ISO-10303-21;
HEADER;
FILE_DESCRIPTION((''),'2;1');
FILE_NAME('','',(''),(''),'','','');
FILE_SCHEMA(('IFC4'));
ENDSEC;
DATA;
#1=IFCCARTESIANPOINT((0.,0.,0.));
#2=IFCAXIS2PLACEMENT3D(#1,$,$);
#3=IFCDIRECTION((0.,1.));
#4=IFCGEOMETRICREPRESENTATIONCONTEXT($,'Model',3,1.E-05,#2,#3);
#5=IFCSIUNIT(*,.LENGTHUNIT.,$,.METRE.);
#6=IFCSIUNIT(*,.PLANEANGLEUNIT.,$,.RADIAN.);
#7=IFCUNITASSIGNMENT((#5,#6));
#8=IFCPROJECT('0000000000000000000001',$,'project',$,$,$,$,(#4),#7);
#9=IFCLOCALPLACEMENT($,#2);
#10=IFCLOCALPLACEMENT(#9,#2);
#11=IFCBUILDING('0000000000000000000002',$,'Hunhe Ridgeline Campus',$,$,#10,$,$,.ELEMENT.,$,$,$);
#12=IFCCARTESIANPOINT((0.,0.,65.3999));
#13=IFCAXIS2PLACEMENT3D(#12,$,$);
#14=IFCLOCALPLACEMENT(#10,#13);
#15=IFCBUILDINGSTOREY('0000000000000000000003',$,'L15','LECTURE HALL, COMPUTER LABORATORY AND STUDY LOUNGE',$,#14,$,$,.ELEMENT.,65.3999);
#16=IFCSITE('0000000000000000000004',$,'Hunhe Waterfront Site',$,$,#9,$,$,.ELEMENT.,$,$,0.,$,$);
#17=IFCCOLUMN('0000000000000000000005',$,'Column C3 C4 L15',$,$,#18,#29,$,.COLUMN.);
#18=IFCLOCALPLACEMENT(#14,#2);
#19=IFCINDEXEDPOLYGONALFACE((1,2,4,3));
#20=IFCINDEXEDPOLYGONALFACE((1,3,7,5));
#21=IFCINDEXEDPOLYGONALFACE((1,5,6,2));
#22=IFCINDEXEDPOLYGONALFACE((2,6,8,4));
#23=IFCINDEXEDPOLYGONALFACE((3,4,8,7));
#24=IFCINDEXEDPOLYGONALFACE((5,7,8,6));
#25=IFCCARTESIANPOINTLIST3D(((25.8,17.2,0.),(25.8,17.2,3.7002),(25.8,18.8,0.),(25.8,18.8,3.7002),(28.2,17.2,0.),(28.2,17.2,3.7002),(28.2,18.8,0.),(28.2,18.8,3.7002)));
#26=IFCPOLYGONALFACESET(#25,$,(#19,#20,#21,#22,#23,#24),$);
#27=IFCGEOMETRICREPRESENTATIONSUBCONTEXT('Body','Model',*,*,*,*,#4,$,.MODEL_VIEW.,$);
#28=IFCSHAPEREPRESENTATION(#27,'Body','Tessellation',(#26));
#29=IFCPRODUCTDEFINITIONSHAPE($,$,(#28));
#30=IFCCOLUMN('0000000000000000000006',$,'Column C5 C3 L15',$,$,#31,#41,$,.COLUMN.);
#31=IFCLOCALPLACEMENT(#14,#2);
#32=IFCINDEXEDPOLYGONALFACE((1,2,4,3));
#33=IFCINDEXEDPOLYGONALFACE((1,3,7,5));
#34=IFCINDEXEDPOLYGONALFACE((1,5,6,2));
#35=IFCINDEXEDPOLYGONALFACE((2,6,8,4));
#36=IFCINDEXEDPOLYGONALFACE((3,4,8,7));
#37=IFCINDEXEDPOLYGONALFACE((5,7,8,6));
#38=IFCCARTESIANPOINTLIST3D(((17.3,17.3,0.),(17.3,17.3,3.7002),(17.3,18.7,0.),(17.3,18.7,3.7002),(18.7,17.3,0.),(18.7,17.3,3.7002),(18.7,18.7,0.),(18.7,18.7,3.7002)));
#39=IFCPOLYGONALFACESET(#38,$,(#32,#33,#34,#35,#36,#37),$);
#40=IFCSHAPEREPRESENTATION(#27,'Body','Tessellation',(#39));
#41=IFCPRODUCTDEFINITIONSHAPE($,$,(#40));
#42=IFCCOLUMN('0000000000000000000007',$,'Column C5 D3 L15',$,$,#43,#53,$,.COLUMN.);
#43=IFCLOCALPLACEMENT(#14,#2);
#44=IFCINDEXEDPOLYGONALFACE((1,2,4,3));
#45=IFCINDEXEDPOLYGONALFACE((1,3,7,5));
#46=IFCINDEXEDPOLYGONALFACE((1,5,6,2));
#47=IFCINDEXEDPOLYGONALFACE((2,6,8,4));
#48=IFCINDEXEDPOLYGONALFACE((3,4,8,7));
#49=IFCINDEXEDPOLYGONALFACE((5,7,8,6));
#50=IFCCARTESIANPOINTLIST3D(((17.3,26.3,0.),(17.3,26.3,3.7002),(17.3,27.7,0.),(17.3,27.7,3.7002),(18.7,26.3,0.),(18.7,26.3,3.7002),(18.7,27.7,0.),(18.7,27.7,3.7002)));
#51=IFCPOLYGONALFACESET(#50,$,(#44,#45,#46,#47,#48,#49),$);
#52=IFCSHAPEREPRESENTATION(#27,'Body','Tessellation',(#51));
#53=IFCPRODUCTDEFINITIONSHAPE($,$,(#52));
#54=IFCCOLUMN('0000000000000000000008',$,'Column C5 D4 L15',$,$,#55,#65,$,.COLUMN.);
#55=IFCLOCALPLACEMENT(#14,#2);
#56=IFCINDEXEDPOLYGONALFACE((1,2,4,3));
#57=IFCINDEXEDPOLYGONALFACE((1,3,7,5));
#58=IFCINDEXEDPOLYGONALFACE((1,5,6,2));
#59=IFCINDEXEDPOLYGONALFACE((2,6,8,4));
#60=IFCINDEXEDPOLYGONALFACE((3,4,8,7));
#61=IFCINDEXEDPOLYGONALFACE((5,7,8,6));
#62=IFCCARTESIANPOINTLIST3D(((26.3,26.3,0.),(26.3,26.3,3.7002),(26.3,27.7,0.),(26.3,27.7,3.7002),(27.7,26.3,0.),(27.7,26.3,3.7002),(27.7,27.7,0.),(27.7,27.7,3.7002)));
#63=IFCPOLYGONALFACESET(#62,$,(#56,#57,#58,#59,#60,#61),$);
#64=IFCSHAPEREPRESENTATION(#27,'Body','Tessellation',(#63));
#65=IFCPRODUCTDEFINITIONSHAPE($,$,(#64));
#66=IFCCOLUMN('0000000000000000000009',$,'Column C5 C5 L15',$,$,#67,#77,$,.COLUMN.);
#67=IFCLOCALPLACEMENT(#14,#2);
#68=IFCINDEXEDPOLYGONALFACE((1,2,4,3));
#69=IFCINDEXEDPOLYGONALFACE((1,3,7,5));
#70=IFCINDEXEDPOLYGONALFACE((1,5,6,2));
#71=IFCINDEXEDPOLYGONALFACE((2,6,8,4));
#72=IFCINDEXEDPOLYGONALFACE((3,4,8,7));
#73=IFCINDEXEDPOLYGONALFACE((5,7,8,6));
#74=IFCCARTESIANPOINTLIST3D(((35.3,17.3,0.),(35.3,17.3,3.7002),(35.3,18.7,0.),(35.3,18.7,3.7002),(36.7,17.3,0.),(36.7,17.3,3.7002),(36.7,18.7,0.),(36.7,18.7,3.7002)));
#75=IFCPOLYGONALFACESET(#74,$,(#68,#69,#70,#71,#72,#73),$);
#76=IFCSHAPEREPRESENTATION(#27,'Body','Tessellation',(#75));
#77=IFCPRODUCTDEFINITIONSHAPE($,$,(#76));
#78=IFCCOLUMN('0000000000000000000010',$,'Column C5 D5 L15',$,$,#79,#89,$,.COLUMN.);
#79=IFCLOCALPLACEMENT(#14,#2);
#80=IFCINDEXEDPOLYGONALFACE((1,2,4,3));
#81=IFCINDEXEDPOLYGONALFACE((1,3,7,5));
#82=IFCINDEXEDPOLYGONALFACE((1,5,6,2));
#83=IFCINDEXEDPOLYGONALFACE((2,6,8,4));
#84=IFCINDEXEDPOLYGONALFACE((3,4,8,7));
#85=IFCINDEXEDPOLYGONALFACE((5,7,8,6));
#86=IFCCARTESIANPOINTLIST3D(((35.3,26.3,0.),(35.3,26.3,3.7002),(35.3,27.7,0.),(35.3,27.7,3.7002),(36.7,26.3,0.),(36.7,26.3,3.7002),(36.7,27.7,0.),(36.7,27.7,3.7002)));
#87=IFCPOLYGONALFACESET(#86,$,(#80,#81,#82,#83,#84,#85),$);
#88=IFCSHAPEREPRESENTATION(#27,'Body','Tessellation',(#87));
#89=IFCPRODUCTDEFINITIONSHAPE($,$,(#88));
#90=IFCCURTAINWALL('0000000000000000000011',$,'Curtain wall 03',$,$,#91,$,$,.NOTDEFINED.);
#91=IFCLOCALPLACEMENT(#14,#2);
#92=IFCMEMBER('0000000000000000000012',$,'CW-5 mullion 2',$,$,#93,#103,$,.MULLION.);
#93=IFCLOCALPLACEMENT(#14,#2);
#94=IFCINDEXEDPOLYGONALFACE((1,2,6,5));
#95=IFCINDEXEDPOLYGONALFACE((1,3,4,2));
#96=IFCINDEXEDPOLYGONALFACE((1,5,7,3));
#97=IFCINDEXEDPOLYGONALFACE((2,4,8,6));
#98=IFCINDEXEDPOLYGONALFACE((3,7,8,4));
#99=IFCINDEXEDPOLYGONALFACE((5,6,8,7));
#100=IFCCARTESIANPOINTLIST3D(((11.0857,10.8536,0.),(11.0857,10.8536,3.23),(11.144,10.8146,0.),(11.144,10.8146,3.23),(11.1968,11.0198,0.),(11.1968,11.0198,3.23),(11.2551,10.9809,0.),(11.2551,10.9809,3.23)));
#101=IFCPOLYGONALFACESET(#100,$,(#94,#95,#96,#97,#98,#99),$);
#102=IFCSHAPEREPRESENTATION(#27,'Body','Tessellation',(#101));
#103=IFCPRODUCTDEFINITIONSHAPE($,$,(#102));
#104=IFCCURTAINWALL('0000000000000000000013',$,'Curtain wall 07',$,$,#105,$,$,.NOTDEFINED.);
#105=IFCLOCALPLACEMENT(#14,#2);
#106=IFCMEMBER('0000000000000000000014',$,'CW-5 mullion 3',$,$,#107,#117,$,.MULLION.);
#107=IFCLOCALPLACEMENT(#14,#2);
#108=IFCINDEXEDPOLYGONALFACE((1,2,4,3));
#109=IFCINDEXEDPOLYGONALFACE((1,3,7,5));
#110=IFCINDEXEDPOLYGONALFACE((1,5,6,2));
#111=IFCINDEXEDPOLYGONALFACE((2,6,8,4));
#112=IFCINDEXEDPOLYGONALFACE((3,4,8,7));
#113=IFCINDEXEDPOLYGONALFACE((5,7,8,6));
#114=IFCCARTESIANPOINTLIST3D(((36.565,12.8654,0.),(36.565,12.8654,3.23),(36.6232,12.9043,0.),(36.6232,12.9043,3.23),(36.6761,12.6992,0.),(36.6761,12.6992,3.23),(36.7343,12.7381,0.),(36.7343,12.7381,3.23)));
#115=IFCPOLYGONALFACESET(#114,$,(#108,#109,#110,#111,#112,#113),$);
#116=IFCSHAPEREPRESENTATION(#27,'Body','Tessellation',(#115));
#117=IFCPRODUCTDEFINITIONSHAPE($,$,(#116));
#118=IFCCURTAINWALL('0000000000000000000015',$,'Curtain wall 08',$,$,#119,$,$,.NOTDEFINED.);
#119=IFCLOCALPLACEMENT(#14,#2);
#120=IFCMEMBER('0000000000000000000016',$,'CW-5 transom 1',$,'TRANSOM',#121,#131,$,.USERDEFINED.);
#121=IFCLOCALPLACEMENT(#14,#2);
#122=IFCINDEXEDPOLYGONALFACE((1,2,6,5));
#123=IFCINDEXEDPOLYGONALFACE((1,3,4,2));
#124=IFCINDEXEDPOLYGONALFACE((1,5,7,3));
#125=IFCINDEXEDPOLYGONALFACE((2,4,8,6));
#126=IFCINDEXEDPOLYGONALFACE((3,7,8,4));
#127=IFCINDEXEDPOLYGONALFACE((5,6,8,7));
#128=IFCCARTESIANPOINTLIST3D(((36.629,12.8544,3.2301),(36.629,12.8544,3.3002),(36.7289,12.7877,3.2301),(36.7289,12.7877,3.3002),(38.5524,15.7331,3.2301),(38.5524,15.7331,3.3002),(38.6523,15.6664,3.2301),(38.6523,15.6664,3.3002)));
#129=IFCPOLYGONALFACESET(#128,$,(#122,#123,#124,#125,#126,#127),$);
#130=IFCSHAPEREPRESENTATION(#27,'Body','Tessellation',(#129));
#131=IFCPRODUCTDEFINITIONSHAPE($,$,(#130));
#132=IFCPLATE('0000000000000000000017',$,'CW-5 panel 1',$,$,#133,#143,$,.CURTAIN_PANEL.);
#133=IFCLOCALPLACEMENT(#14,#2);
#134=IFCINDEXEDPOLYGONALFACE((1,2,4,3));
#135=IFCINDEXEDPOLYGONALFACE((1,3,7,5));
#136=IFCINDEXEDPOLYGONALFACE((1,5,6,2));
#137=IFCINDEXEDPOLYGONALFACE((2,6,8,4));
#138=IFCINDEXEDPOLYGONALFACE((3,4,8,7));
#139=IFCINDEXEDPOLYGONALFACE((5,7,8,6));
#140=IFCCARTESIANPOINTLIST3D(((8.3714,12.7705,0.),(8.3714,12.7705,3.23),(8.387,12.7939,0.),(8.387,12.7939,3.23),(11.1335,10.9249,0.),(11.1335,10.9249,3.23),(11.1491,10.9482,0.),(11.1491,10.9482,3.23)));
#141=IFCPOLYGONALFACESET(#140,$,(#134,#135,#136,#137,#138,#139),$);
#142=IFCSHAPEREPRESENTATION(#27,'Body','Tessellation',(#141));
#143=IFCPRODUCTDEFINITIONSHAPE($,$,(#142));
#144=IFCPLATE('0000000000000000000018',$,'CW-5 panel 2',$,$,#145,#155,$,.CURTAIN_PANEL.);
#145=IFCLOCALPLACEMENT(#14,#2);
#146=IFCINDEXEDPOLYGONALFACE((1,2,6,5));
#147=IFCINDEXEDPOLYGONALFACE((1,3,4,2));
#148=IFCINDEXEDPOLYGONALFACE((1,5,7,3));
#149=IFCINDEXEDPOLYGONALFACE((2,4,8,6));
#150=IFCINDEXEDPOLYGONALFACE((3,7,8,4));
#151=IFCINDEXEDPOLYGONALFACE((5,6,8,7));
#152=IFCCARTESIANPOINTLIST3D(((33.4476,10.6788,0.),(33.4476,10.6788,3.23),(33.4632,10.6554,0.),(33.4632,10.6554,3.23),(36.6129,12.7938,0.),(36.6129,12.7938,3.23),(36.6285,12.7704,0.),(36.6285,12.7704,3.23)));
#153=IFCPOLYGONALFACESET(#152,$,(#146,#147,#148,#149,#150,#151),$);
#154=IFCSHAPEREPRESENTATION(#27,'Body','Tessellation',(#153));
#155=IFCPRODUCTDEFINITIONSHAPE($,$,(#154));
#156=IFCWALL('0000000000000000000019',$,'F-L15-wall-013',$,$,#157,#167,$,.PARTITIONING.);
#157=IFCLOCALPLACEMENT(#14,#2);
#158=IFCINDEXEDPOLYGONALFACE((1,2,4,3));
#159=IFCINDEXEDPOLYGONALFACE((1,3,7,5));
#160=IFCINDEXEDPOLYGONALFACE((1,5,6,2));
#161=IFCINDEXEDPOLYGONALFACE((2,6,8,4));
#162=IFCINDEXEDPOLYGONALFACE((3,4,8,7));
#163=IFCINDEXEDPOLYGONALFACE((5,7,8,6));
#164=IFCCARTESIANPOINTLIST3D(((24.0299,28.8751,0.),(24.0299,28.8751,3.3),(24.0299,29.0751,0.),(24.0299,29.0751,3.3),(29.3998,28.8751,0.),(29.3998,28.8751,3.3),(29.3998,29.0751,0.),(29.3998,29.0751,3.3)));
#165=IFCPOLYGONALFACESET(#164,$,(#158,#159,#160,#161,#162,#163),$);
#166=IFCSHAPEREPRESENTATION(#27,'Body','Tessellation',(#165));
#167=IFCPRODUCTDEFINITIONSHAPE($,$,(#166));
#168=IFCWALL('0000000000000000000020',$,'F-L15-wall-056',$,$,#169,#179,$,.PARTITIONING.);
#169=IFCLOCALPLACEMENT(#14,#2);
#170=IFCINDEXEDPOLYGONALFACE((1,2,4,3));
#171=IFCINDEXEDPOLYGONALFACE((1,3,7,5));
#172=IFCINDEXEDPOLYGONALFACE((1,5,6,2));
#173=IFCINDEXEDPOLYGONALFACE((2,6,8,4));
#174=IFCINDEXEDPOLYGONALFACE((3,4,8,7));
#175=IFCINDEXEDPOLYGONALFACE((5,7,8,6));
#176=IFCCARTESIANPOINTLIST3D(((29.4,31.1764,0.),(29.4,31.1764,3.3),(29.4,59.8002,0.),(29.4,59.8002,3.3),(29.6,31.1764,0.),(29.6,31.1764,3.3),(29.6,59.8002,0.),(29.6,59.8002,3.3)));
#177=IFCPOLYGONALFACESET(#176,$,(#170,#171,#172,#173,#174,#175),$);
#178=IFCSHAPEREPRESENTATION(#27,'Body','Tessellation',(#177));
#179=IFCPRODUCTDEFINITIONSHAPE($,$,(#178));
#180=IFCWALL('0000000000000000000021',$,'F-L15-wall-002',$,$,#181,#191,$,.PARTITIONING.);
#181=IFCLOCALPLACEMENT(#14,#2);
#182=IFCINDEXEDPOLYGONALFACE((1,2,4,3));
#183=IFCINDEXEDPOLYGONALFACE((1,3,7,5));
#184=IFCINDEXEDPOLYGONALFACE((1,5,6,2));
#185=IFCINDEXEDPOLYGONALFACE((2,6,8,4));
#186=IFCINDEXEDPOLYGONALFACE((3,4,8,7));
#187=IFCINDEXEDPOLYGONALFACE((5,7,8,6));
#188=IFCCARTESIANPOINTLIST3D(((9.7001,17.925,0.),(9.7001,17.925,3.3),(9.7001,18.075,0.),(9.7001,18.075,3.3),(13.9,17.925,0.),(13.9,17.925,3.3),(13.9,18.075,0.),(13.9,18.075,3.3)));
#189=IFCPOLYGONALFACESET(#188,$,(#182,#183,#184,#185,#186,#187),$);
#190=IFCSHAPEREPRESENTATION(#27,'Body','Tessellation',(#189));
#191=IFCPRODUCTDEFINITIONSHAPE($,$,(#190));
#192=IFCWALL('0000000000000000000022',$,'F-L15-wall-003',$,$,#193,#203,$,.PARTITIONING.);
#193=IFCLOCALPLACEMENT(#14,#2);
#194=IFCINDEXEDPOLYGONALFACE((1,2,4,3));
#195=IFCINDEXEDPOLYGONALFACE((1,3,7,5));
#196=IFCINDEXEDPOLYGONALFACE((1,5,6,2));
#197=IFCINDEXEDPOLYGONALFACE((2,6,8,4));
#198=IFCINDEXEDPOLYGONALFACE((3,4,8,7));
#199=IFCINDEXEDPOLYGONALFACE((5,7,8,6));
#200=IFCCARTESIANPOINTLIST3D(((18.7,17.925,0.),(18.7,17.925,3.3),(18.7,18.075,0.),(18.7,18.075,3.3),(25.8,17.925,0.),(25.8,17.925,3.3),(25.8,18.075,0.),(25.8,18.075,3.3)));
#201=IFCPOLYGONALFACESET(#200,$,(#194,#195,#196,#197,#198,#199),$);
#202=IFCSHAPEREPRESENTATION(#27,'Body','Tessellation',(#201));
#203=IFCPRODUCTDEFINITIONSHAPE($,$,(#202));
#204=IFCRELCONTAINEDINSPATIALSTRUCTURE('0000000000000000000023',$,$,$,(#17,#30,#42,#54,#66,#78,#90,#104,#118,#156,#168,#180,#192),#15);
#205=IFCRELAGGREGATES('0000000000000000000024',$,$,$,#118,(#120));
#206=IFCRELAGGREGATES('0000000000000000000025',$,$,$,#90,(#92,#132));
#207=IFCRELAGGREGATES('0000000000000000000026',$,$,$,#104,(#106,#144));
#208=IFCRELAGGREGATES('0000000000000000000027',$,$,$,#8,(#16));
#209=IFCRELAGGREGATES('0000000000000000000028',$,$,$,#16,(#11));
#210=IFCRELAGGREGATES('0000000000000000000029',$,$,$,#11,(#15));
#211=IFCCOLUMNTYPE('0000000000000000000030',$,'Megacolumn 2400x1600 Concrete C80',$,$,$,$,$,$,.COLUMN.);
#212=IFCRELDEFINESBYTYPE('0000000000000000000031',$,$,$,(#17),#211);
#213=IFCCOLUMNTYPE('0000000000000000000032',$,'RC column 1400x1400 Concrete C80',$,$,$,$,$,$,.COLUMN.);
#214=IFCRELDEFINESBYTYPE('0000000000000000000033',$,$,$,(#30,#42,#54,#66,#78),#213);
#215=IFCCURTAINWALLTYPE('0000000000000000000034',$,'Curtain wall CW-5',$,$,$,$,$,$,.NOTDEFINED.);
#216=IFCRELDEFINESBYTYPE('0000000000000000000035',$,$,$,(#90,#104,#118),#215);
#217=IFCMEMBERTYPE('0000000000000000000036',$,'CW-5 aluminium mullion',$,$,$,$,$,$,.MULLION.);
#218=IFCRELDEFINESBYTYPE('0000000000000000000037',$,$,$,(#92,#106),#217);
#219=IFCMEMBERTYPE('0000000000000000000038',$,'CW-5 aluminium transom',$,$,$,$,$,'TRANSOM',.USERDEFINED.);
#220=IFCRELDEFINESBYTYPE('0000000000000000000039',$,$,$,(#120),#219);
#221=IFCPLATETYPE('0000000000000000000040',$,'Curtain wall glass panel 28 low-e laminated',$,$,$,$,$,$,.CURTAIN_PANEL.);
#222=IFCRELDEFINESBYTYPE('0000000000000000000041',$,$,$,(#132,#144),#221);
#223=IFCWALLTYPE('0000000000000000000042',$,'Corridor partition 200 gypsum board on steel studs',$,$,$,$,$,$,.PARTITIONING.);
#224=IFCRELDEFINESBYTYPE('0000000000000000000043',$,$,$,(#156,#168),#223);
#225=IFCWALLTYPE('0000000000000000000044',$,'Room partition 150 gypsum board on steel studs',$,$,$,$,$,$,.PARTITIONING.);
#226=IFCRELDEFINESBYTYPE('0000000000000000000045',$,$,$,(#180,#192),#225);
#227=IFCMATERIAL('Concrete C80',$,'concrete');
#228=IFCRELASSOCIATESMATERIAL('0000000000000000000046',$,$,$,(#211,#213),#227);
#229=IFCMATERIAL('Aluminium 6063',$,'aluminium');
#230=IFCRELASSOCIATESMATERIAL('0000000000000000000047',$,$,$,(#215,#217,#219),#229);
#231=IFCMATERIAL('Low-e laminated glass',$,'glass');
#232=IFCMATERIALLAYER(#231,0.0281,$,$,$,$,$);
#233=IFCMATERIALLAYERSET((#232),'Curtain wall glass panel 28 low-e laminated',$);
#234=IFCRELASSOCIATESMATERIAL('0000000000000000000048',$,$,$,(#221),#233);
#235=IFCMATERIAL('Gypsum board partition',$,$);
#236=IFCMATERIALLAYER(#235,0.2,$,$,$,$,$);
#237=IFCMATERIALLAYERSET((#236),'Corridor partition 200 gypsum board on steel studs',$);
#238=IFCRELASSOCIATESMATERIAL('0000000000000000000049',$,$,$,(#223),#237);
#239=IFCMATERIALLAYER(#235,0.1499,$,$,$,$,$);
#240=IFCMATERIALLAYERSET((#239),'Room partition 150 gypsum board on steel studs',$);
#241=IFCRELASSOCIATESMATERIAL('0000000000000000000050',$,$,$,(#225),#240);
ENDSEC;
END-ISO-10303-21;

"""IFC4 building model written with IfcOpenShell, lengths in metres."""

from ifc_helpers import new_model, si_unit, direction, frame, frame_2d, origin, origin_2d, place, context, subcontext, project, spatial, rectangle, extrude, material, layer, layer_set, material_profile, profile_set, type_object, element, aggregate, save


model = new_model("IFC4")

# Units and contexts
model_context = context("Model", 3, precision=1e-05, world=origin(), true_north=direction((0.0, 1.0)))
body_context = subcontext(model_context, "Body", "Model", "MODEL_VIEW")
ifc_project = project(units=[si_unit("LENGTHUNIT", "METRE"), si_unit("PLANEANGLEUNIT", "RADIAN")], contexts=[model_context])

# Site, building, storey
site_placement = place(None, origin())
site = spatial("IfcSite", under=ifc_project, at=site_placement, Name="Hunhe Waterfront Site", CompositionType="ELEMENT", RefElevation=0.0)
building_placement = place(site_placement, origin())
building = spatial("IfcBuilding", under=site, at=building_placement, Name="Hunhe Ridgeline Campus", CompositionType="ELEMENT")
storey_placement = place(building_placement, frame((0.0, 0.0, 65.3999)))
storey = spatial("IfcBuildingStorey", under=building, at=storey_placement, Name="L15", Description="LECTURE HALL, COMPUTER LABORATORY AND STUDY LOUNGE", CompositionType="ELEMENT", Elevation=65.3999)

# Columns
ifc_material_1 = material(Name="Concrete C80", Category="concrete")
ifc_material_profile_1 = material_profile(ifc_material_1, rectangle(XDim=2.3999, YDim=1.6001, at=origin_2d()))
ifc_profile_set_1 = profile_set([ifc_material_profile_1], Name="Concrete C80")
column_type_1 = type_object("IfcColumnType", Name="Megacolumn 2400x1600 Concrete C80", PredefinedType="COLUMN", material=ifc_profile_set_1)
column_placement = place(storey_placement, frame((27.0, 18.0, 0.0), z_axis=(0.0, 0.0, 1.0), x_axis=(1.0, 0.0, 0.0)))
element("IfcColumn", 1, at=column_placement, inside=storey, type_object=column_type_1, Name="Column C3 C4 L15", PredefinedType="COLUMN", context=body_context, shape_type="SweptSolid", body=[
    extrude(rectangle(XDim=2.3999, YDim=1.6001, at=origin_2d()), origin(), (0.0, 0.0, 1.0), 3.7002),
])
ifc_material_profile_2 = material_profile(ifc_material_1, rectangle(XDim=1.3999, YDim=1.3999, at=origin_2d()))
ifc_profile_set_2 = profile_set([ifc_material_profile_2], Name="Concrete C80")
column_type_2 = type_object("IfcColumnType", Name="RC column 1400x1400 Concrete C80", PredefinedType="COLUMN", material=ifc_profile_set_2)
for number, where, z_axis, x_axis, name in (
    (2, (18.0, 18.0, 0.0), (0.0, 0.0, 1.0), (1.0, 0.0, 0.0), "Column C5 C3 L15"),
    (3, (18.0, 27.0, 0.0), (0.0, 0.0, 1.0), (1.0, 0.0, 0.0), "Column C5 D3 L15"),
    (4, (27.0, 27.0, 0.0), (0.0, 0.0, 1.0), (1.0, 0.0, 0.0), "Column C5 D4 L15"),
    (5, (36.0, 18.0, 0.0), (0.0, 0.0, 1.0), (1.0, 0.0, 0.0), "Column C5 C5 L15"),
    (6, (36.0, 27.0, 0.0), (0.0, 0.0, 1.0), (1.0, 0.0, 0.0), "Column C5 D5 L15"),
):
    element("IfcColumn", number, at=place(storey_placement, frame(where, z_axis=z_axis, x_axis=x_axis)), inside=storey, type_object=column_type_2, Name=name, PredefinedType="COLUMN", context=body_context, shape_type="SweptSolid", body=[
        extrude(rectangle(XDim=1.3999, YDim=1.3999, at=origin_2d()), origin(), (0.0, 0.0, 1.0), 3.7002),
    ])

# Curtain walls, members
ifc_material_2 = material(Name="Aluminium 6063", Category="aluminium")
curtain_wall_type = type_object("IfcCurtainWallType", Name="Curtain wall CW-5", PredefinedType="NOTDEFINED", material=ifc_material_2)
curtain_wall_1_placement = place(storey_placement, origin())
curtain_wall_1 = element("IfcCurtainWall", 7, at=curtain_wall_1_placement, inside=storey, type_object=curtain_wall_type, Name="Curtain wall 03", PredefinedType="NOTDEFINED")
ifc_material_profile_3 = material_profile(ifc_material_2, rectangle(XDim=0.2, YDim=0.0701, at=origin_2d()))
ifc_profile_set_3 = profile_set([ifc_material_profile_3], Name="Aluminium 6063")
member_type_1 = type_object("IfcMemberType", Name="CW-5 aluminium mullion", PredefinedType="MULLION", material=ifc_profile_set_3)
member_1_placement = place(storey_placement, frame((11.1704, 10.9172, 0.0), z_axis=(0.0, 0.0, 1.0), x_axis=(0.55557, 0.83147, 0.0)))
member_1 = element("IfcMember", 8, at=member_1_placement, type_object=member_type_1, Name="CW-5 mullion 2", PredefinedType="MULLION", context=body_context, shape_type="SweptSolid", body=[
    extrude(rectangle(XDim=0.2, YDim=0.0701, at=origin_2d()), origin(), (0.0, 0.0, 1.0), 3.23),
])
curtain_wall_2_placement = place(storey_placement, origin())
curtain_wall_2 = element("IfcCurtainWall", 9, at=curtain_wall_2_placement, inside=storey, type_object=curtain_wall_type, Name="Curtain wall 07", PredefinedType="NOTDEFINED")
member_2_placement = place(storey_placement, frame((36.6497, 12.8018, 0.0), z_axis=(0.0, 0.0, 1.0), x_axis=(-0.55557, 0.83147, 0.0)))
member_2 = element("IfcMember", 10, at=member_2_placement, type_object=member_type_1, Name="CW-5 mullion 3", PredefinedType="MULLION", context=body_context, shape_type="SweptSolid", body=[
    extrude(rectangle(XDim=0.2, YDim=0.0701, at=origin_2d()), origin(), (0.0, 0.0, 1.0), 3.23),
])
curtain_wall_3_placement = place(storey_placement, origin())
curtain_wall_3 = element("IfcCurtainWall", 11, at=curtain_wall_3_placement, inside=storey, type_object=curtain_wall_type, Name="Curtain wall 08", PredefinedType="NOTDEFINED")
ifc_material_profile_4 = material_profile(ifc_material_2, rectangle(XDim=0.1201, YDim=0.0701, at=origin_2d()))
ifc_profile_set_4 = profile_set([ifc_material_profile_4], Name="Aluminium 6063")
member_type_2 = type_object("IfcMemberType", Name="CW-5 aluminium transom", ElementType="TRANSOM", PredefinedType="USERDEFINED", material=ifc_profile_set_4)
member_3_placement = place(storey_placement, frame((36.679, 12.821, 3.2651), z_axis=(0.555546, 0.831486, 0.0), x_axis=(-0.831486, 0.555546, 0.0)))
member_3 = element("IfcMember", 12, at=member_3_placement, type_object=member_type_2, Name="CW-5 transom 1", ObjectType="TRANSOM", PredefinedType="USERDEFINED", context=body_context, shape_type="SweptSolid", body=[
    extrude(rectangle(XDim=0.1201, YDim=0.0701, at=origin_2d()), origin(), (0.0, 0.0, 1.0), 3.4622),
])
aggregate(curtain_wall_3, [member_3])

# Plates
ifc_material_3 = material(Name="Low-e laminated glass", Category="glass")
ifc_layer_1 = layer(ifc_material_3, 0.0281)
ifc_layer_set_1 = layer_set([ifc_layer_1], Name="Curtain wall glass panel 28 low-e laminated")
plate_type = type_object("IfcPlateType", Name="Curtain wall glass panel 28 low-e laminated", PredefinedType="CURTAIN_PANEL", material=ifc_layer_set_1)
plate_1_placement = place(storey_placement, frame((9.7603, 11.8594, 0.0), z_axis=(0.0, 0.0, 1.0), x_axis=(0.83147, -0.55557, 0.0)))
plate_1 = element("IfcPlate", 13, at=plate_1_placement, type_object=plate_type, Name="CW-5 panel 1", PredefinedType="CURTAIN_PANEL", context=body_context, shape_type="SweptSolid", body=[
    extrude(rectangle(XDim=3.322, YDim=0.0281, at=origin_2d()), origin(), (0.0, 0.0, 1.0), 3.23),
])
aggregate(curtain_wall_1, [member_1, plate_1])
plate_2_placement = place(storey_placement, frame((35.0381, 11.7246, 0.0), z_axis=(0.0, 0.0, 1.0), x_axis=(0.83147, 0.55557, 0.0)))
plate_2 = element("IfcPlate", 14, at=plate_2_placement, type_object=plate_type, Name="CW-5 panel 2", PredefinedType="CURTAIN_PANEL", context=body_context, shape_type="SweptSolid", body=[
    extrude(rectangle(XDim=3.8069, YDim=0.0281, at=origin_2d()), origin(), (0.0, 0.0, 1.0), 3.23),
])
aggregate(curtain_wall_2, [member_2, plate_2])

# Wall
ifc_material_4 = material(Name="Gypsum board partition")
ifc_layer_2 = layer(ifc_material_4, 0.2)
ifc_layer_set_2 = layer_set([ifc_layer_2], Name="Corridor partition 200 gypsum board on steel studs")
wall_type_1 = type_object("IfcWallType", Name="Corridor partition 200 gypsum board on steel studs", PredefinedType="PARTITIONING", material=ifc_layer_set_2)
wall_1_placement = place(storey_placement, frame((29.3999, 28.9751, 0.0), z_axis=(0.0, 0.0, 1.0), x_axis=(-1.0, 0.0, 0.0)))
element("IfcWall", 15, at=wall_1_placement, inside=storey, type_object=wall_type_1, Name="F-L15-wall-013", PredefinedType="PARTITIONING", context=body_context, shape_type="SweptSolid", body=[
    extrude(rectangle(XDim=5.3699, YDim=0.2, at=frame_2d((2.6851, 0.0))), origin(), (0.0, 0.0, 1.0), 3.3),
])

# Walls
wall_2_placement = place(storey_placement, frame((29.5, 31.1763, 0.0), z_axis=(0.0, 0.0, 1.0), x_axis=(0.0, 1.0, 0.0)))
element("IfcWall", 16, at=wall_2_placement, inside=storey, type_object=wall_type_1, Name="F-L15-wall-056", PredefinedType="PARTITIONING", context=body_context, shape_type="SweptSolid", body=[
    extrude(rectangle(XDim=28.6238, YDim=0.2, at=frame_2d((14.312, 0.0))), origin(), (0.0, 0.0, 1.0), 3.3),
])
ifc_layer_3 = layer(ifc_material_4, 0.1499)
ifc_layer_set_3 = layer_set([ifc_layer_3], Name="Room partition 150 gypsum board on steel studs")
wall_type_2 = type_object("IfcWallType", Name="Room partition 150 gypsum board on steel studs", PredefinedType="PARTITIONING", material=ifc_layer_set_3)
wall_3_placement = place(storey_placement, frame((9.7, 18.0, 0.0), z_axis=(0.0, 0.0, 1.0), x_axis=(1.0, 0.0, 0.0)))
element("IfcWall", 17, at=wall_3_placement, inside=storey, type_object=wall_type_2, Name="F-L15-wall-002", PredefinedType="PARTITIONING", context=body_context, shape_type="SweptSolid", body=[
    extrude(rectangle(XDim=4.2, YDim=0.1499, at=frame_2d((2.1001, 0.0))), origin(), (0.0, 0.0, 1.0), 3.3),
])
wall_4_placement = place(storey_placement, frame((18.7, 18.0, 0.0), z_axis=(0.0, 0.0, 1.0), x_axis=(1.0, 0.0, 0.0)))
element("IfcWall", 18, at=wall_4_placement, inside=storey, type_object=wall_type_2, Name="F-L15-wall-003", PredefinedType="PARTITIONING", context=body_context, shape_type="SweptSolid", body=[
    extrude(rectangle(XDim=7.1001, YDim=0.1499, at=frame_2d((3.55, 0.0))), origin(), (0.0, 0.0, 1.0), 3.3),
])

save(model, "model.ifc")
